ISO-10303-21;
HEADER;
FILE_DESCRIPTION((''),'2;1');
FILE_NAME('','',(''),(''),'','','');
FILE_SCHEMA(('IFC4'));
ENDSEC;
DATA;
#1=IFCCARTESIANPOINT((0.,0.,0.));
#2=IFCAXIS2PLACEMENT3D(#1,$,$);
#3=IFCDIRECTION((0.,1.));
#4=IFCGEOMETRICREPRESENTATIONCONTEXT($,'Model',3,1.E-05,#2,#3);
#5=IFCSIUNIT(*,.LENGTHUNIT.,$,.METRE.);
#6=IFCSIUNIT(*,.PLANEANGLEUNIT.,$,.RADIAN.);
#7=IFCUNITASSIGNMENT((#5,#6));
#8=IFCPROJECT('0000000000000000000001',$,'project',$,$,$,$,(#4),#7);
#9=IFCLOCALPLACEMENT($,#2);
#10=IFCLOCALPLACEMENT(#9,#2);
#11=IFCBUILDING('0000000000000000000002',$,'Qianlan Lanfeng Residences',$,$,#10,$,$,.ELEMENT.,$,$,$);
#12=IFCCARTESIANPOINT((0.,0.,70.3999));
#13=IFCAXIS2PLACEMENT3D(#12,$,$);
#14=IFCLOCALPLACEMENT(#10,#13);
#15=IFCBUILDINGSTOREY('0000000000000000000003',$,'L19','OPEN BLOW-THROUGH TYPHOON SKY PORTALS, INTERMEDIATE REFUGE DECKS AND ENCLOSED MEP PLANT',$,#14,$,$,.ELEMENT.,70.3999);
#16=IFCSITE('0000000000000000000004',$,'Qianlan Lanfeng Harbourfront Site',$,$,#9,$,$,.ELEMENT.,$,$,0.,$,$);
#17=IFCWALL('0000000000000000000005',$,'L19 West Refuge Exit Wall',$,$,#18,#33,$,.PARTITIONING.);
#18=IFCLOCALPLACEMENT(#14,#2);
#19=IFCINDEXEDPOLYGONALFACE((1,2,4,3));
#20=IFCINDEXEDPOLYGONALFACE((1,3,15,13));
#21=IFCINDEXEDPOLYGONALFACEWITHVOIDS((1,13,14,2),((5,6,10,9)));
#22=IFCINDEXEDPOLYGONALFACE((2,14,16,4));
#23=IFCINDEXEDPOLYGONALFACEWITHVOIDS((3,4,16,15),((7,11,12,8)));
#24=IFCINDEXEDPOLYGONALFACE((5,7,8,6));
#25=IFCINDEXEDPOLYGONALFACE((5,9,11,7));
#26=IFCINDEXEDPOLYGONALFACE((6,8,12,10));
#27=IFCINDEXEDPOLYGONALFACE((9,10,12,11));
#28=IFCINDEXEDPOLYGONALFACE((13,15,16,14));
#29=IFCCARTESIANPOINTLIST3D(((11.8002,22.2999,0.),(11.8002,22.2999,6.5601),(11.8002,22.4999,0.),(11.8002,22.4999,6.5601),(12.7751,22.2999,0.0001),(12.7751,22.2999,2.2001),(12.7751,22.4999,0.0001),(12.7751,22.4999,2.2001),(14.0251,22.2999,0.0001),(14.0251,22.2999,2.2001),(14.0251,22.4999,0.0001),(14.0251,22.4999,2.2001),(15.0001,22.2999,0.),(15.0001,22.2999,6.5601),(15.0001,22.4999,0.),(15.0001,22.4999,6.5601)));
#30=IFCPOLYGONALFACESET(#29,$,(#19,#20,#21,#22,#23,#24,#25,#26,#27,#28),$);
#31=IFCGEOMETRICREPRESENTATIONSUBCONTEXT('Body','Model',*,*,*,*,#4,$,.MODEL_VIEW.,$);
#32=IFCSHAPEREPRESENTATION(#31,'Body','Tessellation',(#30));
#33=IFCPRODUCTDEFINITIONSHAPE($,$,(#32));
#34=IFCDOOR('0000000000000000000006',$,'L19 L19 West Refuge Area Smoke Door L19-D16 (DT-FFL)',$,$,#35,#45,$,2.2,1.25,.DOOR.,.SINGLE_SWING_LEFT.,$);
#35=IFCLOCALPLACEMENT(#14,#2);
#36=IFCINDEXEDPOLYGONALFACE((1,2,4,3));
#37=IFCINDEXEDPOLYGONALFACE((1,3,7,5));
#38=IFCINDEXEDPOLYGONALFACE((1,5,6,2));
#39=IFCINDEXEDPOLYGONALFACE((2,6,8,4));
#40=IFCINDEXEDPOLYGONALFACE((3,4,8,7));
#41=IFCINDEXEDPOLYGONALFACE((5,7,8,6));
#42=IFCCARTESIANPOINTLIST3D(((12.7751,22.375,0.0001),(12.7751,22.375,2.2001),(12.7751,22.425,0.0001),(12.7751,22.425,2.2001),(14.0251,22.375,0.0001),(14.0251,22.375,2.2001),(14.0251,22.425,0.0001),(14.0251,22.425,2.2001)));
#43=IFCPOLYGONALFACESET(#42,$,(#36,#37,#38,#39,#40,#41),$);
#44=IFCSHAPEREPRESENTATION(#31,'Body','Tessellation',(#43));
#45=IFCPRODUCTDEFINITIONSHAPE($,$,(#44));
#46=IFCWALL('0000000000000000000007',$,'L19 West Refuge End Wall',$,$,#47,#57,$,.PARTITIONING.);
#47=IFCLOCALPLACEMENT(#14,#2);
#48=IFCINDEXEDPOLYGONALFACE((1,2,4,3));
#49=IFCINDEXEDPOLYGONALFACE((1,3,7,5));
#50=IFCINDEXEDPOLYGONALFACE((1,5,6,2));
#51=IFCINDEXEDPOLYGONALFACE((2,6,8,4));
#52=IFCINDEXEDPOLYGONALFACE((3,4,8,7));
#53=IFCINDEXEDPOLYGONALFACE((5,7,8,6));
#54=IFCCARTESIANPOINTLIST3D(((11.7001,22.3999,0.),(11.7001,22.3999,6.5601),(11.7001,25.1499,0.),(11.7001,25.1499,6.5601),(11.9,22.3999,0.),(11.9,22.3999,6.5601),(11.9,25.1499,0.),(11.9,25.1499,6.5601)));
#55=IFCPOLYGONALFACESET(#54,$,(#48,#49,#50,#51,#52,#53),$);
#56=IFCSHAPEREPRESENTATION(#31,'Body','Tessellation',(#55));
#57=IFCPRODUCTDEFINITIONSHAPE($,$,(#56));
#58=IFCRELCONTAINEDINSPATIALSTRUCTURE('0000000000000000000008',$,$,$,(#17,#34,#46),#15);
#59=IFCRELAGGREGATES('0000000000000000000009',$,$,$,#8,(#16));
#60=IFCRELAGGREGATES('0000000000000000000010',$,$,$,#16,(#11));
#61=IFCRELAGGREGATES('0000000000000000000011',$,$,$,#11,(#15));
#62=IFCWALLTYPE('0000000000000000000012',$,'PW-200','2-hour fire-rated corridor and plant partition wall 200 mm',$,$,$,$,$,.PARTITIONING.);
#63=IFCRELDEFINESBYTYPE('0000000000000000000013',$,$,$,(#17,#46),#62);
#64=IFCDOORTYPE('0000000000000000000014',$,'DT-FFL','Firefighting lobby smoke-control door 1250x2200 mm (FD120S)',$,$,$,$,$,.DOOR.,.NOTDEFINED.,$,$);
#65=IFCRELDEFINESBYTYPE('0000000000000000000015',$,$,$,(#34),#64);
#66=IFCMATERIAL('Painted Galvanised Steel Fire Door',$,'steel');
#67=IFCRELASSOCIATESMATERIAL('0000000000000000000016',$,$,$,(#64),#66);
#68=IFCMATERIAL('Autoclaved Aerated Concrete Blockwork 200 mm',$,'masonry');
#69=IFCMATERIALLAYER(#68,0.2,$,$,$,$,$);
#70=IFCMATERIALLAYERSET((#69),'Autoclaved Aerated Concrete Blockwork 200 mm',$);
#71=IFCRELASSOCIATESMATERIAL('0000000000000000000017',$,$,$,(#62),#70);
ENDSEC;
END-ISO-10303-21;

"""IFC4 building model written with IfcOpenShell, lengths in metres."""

from ifc_helpers import new_model, si_unit, direction, frame, frame_2d, origin, place, context, subcontext, project, spatial, rectangle, extrude, material, layer, layer_set, type_object, element, fill, save


model = new_model("IFC4")

# Units and contexts
model_context = context("Model", 3, precision=1e-05, world=origin(), true_north=direction((0.0, 1.0)))
body_context = subcontext(model_context, "Body", "Model", "MODEL_VIEW")
ifc_project = project(units=[si_unit("LENGTHUNIT", "METRE"), si_unit("PLANEANGLEUNIT", "RADIAN")], contexts=[model_context])

# Site, building, storey
site_placement = place(None, origin())
site = spatial("IfcSite", under=ifc_project, at=site_placement, Name="Qianlan Lanfeng Harbourfront Site", CompositionType="ELEMENT", RefElevation=0.0)
building_placement = place(site_placement, origin())
building = spatial("IfcBuilding", under=site, at=building_placement, Name="Qianlan Lanfeng Residences", CompositionType="ELEMENT")
storey_placement = place(building_placement, frame((0.0, 0.0, 70.3999)))
storey = spatial("IfcBuildingStorey", under=building, at=storey_placement, Name="L19", Description="OPEN BLOW-THROUGH TYPHOON SKY PORTALS, INTERMEDIATE REFUGE DECKS AND ENCLOSED MEP PLANT", CompositionType="ELEMENT", Elevation=70.3999)

# Wall, opening, door
ifc_material_1 = material(Name="Painted Galvanised Steel Fire Door", Category="steel")
door_type = type_object("IfcDoorType", Name="DT-FFL", Description="Firefighting lobby smoke-control door 1250x2200 mm (FD120S)", OperationType="NOTDEFINED", PredefinedType="DOOR", material=ifc_material_1)
ifc_material_2 = material(Name="Autoclaved Aerated Concrete Blockwork 200 mm", Category="masonry")
ifc_layer_1 = layer(ifc_material_2, 0.2)
ifc_layer_set_1 = layer_set([ifc_layer_1], Name="Autoclaved Aerated Concrete Blockwork 200 mm")
wall_type_1 = type_object("IfcWallType", Name="PW-200", Description="2-hour fire-rated corridor and plant partition wall 200 mm", PredefinedType="PARTITIONING", material=ifc_layer_set_1)
wall_1_placement = place(storey_placement, frame((11.8, 22.3999, 0.0), z_axis=(0.0, 0.0, 1.0), x_axis=(1.0, 0.0, 0.0)))
wall_1 = element("IfcWall", 1, at=wall_1_placement, inside=storey, type_object=wall_type_1, Name="L19 West Refuge Exit Wall", PredefinedType="PARTITIONING", context=body_context, shape_type="SweptSolid", body=[
    extrude(rectangle(XDim=3.2, YDim=0.2, at=frame_2d((1.6001, 0.0))), origin(), (0.0, 0.0, 1.0), 6.5601),
])
opening_1_placement = place(wall_1_placement, frame((0.9751, 0.0, 0.0)))
opening_1 = element("IfcOpeningElement", 2, at=opening_1_placement, cuts=wall_1, PredefinedType="OPENING", context=body_context, shape_type="SweptSolid", body=[
    extrude(rectangle(XDim=1.25, YDim=2.2, at=frame_2d((0.625, 1.1001))), frame((0.0, 0.1099, 0.0), z_axis=(0.0, -1.0, 0.0), x_axis=(1.0, 0.0, 0.0)), (0.0, 0.0, 1.0), 0.22),
])
door_1_placement = place(opening_1_placement, frame((1.25, 0.0, 0.0), z_axis=(0.0, 0.0, 1.0), x_axis=(-1.0, 0.0, 0.0)))
door_1 = element("IfcDoor", 3, at=door_1_placement, inside=storey, type_object=door_type, Name="L19 L19 West Refuge Area Smoke Door L19-D16 (DT-FFL)", OperationType="SINGLE_SWING_LEFT", OverallHeight=2.2, OverallWidth=1.25, PredefinedType="DOOR", context=body_context, shape_type="SweptSolid", body=[
    extrude(rectangle(XDim=1.25, YDim=2.2, at=frame_2d((0.625, 1.1001))), frame((0.0, 0.0249, 0.0), z_axis=(0.0, -1.0, 0.0), x_axis=(1.0, 0.0, 0.0)), (0.0, 0.0, 1.0), 0.05),
])
fill(opening_1, door_1)

# Wall
wall_2_placement = place(storey_placement, frame((11.8, 22.3999, 0.0), z_axis=(0.0, 0.0, 1.0), x_axis=(0.0, 1.0, 0.0)))
element("IfcWall", 4, at=wall_2_placement, inside=storey, type_object=wall_type_1, Name="L19 West Refuge End Wall", PredefinedType="PARTITIONING", context=body_context, shape_type="SweptSolid", body=[
    extrude(rectangle(XDim=2.75, YDim=0.2, at=frame_2d((1.375, 0.0))), origin(), (0.0, 0.0, 1.0), 6.5601),
])

save(model, "model.ifc")
